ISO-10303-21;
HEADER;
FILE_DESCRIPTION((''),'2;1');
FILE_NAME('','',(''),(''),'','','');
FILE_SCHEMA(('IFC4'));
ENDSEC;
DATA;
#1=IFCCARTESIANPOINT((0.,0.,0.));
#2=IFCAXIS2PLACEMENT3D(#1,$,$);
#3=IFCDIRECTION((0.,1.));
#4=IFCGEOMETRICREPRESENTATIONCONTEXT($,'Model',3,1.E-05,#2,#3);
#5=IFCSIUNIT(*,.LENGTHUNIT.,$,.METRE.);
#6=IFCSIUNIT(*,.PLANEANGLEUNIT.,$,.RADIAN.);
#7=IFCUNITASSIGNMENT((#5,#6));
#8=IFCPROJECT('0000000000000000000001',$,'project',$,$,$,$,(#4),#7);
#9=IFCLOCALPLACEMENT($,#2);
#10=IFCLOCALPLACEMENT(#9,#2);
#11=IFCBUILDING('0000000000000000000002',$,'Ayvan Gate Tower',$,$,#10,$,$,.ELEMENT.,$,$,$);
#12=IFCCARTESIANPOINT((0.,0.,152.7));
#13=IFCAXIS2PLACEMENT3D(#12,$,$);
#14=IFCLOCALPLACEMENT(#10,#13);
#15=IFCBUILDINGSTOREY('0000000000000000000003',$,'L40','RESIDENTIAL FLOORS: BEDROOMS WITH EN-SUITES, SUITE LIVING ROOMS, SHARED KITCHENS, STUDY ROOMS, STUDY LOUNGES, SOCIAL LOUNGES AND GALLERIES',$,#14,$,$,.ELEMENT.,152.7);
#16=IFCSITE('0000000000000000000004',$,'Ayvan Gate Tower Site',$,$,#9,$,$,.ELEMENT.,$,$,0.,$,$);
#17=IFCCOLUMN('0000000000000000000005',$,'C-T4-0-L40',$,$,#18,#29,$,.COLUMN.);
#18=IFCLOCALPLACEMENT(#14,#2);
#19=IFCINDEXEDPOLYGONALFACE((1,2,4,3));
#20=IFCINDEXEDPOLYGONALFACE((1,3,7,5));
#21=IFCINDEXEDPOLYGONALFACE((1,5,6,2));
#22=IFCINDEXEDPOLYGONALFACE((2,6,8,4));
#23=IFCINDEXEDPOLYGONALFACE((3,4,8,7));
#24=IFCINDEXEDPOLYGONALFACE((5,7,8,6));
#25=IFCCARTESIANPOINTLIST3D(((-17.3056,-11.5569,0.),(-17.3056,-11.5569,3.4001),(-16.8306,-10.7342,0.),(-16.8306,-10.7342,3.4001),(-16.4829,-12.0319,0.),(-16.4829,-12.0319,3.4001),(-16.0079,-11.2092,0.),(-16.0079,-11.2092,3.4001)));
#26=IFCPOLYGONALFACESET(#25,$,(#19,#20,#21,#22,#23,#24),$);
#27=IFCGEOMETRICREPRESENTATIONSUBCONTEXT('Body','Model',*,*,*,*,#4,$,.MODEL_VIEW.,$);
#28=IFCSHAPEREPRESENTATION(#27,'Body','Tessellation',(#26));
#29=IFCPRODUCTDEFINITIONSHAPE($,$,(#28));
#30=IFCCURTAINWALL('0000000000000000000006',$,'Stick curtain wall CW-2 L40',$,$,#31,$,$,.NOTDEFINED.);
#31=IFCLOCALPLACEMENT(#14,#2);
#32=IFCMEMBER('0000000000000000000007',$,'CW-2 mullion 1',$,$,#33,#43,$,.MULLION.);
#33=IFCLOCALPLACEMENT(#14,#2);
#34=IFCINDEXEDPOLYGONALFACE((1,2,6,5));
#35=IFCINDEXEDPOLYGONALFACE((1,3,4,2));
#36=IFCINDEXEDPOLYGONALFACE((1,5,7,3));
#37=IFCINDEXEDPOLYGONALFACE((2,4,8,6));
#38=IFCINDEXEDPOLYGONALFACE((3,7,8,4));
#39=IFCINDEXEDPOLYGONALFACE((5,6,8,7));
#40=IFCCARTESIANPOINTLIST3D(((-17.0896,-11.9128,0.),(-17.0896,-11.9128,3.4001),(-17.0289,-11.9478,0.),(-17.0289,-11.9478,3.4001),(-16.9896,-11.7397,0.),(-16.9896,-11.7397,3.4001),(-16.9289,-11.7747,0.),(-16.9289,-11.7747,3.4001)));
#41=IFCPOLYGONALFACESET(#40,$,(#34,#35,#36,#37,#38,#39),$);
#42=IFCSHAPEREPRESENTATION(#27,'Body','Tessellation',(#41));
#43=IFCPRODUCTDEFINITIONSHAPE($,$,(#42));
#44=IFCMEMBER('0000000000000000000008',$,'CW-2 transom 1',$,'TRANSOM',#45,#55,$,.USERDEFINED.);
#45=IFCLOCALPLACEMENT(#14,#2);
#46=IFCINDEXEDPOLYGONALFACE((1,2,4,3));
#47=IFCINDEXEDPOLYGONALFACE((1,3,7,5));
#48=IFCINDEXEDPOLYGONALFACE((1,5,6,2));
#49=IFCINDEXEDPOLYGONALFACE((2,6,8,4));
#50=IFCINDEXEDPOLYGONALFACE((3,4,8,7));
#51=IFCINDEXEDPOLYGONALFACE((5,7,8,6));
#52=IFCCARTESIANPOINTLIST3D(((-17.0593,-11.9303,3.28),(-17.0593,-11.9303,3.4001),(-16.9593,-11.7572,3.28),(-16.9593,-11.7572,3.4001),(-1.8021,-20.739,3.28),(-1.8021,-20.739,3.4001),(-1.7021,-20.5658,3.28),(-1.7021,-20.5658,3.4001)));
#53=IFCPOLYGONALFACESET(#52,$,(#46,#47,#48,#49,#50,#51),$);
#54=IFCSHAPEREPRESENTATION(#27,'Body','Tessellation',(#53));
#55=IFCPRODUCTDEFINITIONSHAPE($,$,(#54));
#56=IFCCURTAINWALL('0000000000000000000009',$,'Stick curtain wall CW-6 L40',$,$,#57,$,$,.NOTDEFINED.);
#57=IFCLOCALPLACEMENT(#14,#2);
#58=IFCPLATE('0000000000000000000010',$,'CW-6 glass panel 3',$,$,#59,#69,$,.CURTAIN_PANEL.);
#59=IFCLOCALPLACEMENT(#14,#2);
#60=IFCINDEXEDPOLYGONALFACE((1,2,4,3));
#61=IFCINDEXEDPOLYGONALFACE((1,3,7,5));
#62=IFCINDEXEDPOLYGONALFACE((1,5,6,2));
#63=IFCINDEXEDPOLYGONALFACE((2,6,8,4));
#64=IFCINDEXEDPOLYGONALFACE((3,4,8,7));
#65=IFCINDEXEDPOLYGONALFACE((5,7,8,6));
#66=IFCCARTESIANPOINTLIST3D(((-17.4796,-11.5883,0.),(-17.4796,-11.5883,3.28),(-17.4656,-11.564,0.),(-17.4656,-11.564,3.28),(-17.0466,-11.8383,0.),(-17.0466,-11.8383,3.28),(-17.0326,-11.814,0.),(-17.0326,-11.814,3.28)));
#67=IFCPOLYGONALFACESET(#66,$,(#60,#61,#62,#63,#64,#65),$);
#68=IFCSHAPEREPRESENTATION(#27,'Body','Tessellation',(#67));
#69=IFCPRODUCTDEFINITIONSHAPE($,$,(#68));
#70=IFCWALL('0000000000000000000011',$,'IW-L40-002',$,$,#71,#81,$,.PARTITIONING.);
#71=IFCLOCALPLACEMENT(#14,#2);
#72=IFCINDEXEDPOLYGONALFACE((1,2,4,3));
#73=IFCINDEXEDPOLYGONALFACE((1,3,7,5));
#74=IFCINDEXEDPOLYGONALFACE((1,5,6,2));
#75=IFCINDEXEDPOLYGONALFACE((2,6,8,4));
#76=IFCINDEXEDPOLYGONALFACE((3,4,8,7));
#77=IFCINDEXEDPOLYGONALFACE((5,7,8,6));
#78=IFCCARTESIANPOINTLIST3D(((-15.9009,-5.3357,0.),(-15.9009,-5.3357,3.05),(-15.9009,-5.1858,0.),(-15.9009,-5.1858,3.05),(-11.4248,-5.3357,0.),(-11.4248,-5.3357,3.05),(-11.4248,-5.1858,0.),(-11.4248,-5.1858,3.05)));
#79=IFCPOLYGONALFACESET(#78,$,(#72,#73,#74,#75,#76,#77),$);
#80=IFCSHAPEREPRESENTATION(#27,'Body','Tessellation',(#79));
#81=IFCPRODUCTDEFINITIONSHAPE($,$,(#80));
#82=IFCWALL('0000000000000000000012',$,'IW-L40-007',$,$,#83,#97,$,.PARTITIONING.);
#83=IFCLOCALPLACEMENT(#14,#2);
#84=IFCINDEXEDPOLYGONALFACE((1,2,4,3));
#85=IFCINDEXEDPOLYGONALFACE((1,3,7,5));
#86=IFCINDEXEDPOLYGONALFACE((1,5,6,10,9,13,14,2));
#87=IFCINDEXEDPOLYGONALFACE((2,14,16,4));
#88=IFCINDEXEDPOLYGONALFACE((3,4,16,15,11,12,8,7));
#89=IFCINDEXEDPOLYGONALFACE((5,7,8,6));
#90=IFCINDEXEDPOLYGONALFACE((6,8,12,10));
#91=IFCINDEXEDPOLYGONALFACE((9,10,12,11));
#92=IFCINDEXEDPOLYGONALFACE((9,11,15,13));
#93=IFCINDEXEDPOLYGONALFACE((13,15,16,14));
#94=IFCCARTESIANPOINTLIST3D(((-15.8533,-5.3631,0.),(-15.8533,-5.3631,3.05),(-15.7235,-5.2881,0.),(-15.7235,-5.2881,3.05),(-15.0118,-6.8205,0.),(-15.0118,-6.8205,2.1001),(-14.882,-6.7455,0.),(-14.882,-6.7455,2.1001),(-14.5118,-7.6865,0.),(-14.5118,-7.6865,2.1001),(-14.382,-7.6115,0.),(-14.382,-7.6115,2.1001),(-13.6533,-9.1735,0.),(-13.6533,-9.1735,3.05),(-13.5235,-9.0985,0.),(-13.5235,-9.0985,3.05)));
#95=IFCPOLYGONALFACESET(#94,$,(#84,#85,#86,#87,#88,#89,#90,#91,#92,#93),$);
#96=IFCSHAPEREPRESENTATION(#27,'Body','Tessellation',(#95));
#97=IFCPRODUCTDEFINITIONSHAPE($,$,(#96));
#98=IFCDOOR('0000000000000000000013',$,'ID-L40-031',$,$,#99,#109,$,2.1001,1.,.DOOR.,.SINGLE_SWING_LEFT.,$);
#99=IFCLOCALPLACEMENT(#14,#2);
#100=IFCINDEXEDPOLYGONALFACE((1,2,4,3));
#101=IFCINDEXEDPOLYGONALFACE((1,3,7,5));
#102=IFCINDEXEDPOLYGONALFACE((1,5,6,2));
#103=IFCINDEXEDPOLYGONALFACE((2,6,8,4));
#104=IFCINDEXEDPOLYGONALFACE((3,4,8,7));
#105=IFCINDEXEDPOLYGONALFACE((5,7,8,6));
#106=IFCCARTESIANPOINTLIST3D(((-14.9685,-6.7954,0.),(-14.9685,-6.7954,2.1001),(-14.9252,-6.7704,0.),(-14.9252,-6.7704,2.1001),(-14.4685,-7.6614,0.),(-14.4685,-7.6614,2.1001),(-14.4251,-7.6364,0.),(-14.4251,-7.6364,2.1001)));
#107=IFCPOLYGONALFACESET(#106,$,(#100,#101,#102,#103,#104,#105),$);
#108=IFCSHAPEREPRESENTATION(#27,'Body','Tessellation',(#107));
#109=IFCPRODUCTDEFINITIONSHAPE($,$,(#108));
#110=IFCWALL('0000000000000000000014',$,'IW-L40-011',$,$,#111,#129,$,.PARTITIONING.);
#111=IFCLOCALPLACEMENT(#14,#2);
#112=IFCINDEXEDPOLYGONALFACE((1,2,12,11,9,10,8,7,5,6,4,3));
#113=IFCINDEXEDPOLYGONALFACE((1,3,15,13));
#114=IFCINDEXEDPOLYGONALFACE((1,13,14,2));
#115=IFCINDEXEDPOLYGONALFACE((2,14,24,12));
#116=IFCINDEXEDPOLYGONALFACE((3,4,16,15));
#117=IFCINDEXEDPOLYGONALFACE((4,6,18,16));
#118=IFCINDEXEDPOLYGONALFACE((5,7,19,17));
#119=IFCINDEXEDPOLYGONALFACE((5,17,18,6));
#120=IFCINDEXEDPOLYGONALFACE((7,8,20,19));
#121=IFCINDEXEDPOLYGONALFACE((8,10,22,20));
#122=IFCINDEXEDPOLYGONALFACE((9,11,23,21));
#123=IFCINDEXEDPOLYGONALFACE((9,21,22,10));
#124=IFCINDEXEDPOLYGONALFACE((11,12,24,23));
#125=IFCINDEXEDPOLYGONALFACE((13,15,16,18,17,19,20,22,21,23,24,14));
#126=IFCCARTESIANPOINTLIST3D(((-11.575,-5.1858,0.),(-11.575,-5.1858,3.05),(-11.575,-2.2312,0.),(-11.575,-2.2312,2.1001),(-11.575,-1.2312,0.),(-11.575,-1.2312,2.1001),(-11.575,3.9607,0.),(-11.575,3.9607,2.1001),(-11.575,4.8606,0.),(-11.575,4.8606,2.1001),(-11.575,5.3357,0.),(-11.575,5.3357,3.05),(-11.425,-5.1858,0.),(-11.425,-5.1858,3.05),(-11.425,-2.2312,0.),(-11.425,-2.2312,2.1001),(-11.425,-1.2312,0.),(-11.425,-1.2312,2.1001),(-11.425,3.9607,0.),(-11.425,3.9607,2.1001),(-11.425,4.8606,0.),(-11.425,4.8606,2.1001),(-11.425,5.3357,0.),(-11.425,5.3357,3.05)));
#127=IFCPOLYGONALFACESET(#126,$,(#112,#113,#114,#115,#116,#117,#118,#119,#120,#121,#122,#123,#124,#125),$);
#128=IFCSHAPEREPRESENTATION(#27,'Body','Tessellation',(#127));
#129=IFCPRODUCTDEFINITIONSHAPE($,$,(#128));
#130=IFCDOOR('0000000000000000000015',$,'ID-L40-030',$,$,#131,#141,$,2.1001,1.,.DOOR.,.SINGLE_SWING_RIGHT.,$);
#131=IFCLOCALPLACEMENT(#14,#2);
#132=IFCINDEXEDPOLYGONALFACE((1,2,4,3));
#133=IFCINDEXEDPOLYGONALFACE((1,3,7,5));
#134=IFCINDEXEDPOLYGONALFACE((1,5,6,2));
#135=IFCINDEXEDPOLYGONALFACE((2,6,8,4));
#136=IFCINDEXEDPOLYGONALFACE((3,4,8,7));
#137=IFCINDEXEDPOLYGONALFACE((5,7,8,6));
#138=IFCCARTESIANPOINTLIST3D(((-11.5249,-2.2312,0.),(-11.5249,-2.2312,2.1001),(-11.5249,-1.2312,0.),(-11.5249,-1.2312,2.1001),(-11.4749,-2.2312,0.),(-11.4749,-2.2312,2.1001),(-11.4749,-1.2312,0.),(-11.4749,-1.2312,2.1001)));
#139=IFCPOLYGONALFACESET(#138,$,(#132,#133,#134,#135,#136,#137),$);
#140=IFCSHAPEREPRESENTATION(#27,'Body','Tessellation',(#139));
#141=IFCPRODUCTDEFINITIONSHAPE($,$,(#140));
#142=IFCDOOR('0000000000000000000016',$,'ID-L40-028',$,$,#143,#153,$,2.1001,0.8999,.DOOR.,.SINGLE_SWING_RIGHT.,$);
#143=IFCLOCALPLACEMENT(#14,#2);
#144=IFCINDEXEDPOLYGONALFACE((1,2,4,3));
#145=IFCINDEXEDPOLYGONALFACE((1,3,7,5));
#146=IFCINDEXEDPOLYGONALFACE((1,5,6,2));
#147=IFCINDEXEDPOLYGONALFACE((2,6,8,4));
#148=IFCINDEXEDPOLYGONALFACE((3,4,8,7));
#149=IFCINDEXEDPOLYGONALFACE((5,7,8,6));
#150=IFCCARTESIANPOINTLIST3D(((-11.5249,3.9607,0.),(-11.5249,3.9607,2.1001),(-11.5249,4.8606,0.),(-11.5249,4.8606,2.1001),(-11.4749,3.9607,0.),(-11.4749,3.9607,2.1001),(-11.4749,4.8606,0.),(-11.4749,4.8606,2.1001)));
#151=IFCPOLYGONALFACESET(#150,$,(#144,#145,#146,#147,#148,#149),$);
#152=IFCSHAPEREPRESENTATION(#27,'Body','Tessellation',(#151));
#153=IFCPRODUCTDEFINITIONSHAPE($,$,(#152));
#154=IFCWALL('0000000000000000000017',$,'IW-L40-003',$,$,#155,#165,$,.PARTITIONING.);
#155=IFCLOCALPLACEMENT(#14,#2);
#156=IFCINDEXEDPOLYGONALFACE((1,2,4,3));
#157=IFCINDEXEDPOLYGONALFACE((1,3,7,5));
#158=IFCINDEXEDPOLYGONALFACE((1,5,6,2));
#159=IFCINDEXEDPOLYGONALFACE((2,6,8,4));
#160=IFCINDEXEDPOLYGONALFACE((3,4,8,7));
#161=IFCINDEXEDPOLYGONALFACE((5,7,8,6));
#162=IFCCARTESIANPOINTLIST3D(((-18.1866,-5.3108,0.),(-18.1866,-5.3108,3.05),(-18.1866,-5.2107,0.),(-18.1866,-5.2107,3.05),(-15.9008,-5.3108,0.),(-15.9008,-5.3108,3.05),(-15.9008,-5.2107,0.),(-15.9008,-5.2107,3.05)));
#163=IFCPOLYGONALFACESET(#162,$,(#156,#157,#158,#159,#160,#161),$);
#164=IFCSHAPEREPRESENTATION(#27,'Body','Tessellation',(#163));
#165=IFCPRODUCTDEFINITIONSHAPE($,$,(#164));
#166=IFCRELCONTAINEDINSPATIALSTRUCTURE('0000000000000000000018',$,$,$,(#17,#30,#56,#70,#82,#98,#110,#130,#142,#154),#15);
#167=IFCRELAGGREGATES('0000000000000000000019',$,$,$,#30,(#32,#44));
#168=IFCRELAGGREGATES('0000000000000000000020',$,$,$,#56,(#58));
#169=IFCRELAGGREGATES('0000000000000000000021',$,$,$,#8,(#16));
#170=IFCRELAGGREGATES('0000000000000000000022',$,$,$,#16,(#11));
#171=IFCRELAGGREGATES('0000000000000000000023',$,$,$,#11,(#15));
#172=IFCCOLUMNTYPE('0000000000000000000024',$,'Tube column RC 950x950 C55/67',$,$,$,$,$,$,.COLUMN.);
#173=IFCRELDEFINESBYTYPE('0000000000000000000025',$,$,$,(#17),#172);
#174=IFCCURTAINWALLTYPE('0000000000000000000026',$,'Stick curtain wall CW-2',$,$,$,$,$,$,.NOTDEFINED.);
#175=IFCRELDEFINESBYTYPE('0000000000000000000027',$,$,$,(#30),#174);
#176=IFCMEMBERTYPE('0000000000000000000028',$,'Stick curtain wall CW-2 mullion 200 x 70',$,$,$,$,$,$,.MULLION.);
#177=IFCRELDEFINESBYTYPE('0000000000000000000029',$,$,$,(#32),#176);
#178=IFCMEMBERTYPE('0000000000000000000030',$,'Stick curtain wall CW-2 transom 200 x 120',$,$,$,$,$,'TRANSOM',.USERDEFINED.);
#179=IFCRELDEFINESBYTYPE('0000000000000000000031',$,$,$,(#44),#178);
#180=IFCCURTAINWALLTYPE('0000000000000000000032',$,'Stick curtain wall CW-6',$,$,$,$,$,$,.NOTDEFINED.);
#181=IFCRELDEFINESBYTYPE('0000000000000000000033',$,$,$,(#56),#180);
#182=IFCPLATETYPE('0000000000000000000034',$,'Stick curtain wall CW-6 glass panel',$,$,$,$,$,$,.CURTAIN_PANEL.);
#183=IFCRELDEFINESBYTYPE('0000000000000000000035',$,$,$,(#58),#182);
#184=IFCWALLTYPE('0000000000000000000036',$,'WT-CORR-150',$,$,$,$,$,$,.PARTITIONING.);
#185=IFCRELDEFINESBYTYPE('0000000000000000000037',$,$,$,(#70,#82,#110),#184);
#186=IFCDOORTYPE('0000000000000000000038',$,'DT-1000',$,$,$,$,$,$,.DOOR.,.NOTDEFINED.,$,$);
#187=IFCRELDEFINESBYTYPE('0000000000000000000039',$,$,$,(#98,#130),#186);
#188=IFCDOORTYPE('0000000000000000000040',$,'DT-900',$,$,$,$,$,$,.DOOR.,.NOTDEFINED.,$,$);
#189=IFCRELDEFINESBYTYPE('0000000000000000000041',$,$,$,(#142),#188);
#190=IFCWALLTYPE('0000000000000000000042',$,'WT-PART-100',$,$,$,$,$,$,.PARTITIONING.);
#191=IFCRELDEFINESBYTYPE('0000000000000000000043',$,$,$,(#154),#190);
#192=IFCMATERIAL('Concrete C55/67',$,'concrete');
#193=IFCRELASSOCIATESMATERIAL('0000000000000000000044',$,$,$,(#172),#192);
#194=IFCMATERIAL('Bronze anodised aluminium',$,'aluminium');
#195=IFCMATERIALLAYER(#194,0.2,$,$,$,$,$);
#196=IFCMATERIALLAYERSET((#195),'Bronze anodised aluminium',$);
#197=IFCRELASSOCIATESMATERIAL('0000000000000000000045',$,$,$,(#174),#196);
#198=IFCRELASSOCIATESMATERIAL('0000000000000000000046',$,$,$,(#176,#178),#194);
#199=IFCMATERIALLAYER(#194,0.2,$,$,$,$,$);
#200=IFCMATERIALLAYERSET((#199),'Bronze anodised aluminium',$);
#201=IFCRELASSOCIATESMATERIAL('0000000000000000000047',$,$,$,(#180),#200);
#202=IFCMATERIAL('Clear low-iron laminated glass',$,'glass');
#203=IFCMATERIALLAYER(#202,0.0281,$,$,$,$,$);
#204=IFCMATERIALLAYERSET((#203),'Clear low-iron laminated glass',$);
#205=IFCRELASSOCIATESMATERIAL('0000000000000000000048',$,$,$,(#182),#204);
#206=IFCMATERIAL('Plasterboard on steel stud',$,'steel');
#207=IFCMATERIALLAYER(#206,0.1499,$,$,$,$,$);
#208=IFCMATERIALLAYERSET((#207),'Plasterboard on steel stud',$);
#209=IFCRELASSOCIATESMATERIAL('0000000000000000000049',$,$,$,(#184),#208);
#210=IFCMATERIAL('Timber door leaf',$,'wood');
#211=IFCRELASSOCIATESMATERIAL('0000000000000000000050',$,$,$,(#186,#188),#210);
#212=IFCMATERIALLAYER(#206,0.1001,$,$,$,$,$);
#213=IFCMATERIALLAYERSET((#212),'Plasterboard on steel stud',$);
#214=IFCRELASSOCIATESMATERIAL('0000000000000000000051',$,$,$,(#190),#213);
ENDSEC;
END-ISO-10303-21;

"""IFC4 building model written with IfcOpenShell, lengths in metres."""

from ifc_helpers import new_model, si_unit, direction, frame, frame_2d, origin, origin_2d, place, context, subcontext, project, spatial, rectangle, extrude, material, layer, layer_set, material_profile, profile_set, type_object, element, fill, aggregate, save


model = new_model("IFC4")

# Units and contexts
model_context = context("Model", 3, precision=1e-05, world=origin(), true_north=direction((0.0, 1.0)))
body_context = subcontext(model_context, "Body", "Model", "MODEL_VIEW")
ifc_project = project(units=[si_unit("LENGTHUNIT", "METRE"), si_unit("PLANEANGLEUNIT", "RADIAN")], contexts=[model_context])

# Site, building, storey
site_placement = place(None, origin())
site = spatial("IfcSite", under=ifc_project, at=site_placement, Name="Ayvan Gate Tower Site", CompositionType="ELEMENT", RefElevation=0.0)
building_placement = place(site_placement, origin())
building = spatial("IfcBuilding", under=site, at=building_placement, Name="Ayvan Gate Tower", CompositionType="ELEMENT")
storey_placement = place(building_placement, frame((0.0, 0.0, 152.7)))
storey = spatial("IfcBuildingStorey", under=building, at=storey_placement, Name="L40", Description="RESIDENTIAL FLOORS: BEDROOMS WITH EN-SUITES, SUITE LIVING ROOMS, SHARED KITCHENS, STUDY ROOMS, STUDY LOUNGES, SOCIAL LOUNGES AND GALLERIES", CompositionType="ELEMENT", Elevation=152.7)

# Column
ifc_material_1 = material(Name="Concrete C55/67", Category="concrete")
ifc_material_profile_1 = material_profile(ifc_material_1, rectangle(XDim=0.95, YDim=0.95, at=origin_2d()), Name="RC 950x950")
ifc_profile_set_1 = profile_set([ifc_material_profile_1], Name="Concrete C55/67")
column_type = type_object("IfcColumnType", Name="Tube column RC 950x950 C55/67", PredefinedType="COLUMN", material=ifc_profile_set_1)
column_placement = place(storey_placement, frame((-16.6567, -11.3831, 0.0), z_axis=(0.0, 0.0, 1.0), x_axis=(-0.5, -0.866025, 0.0)))
element("IfcColumn", 1, at=column_placement, inside=storey, type_object=column_type, Name="C-T4-0-L40", PredefinedType="COLUMN", context=body_context, shape_type="SweptSolid", body=[
    extrude(rectangle(XDim=0.95, YDim=0.95, at=origin_2d()), origin(), (0.0, 0.0, 1.0), 3.4001),
])

# Curtain wall, members
ifc_material_2 = material(Name="Bronze anodised aluminium", Category="aluminium")
ifc_layer_1 = layer(ifc_material_2, 0.2)
ifc_layer_set_1 = layer_set([ifc_layer_1], Name="Bronze anodised aluminium")
curtain_wall_type_1 = type_object("IfcCurtainWallType", Name="Stick curtain wall CW-2", PredefinedType="NOTDEFINED", material=ifc_layer_set_1)
curtain_wall_1_placement = place(storey_placement, origin())
curtain_wall_1 = element("IfcCurtainWall", 2, at=curtain_wall_1_placement, inside=storey, type_object=curtain_wall_type_1, Name="Stick curtain wall CW-2 L40", PredefinedType="NOTDEFINED")
ifc_material_profile_2 = material_profile(ifc_material_2, rectangle(XDim=0.2, YDim=0.0701, at=origin_2d()), Name="Stick curtain wall CW-2 mullion 200 x 70")
ifc_profile_set_2 = profile_set([ifc_material_profile_2], Name="Bronze anodised aluminium")
member_type_1 = type_object("IfcMemberType", Name="Stick curtain wall CW-2 mullion 200 x 70", PredefinedType="MULLION", material=ifc_profile_set_2)
member_1_placement = place(storey_placement, frame((-17.0093, -11.8438, 0.0), z_axis=(0.0, 0.0, 1.0), x_axis=(-0.5, -0.866025, 0.0)))
member_1 = element("IfcMember", 3, at=member_1_placement, type_object=member_type_1, Name="CW-2 mullion 1", PredefinedType="MULLION", context=body_context, shape_type="SweptSolid", body=[
    extrude(rectangle(XDim=0.2, YDim=0.0701, at=origin_2d()), origin(), (0.0, 0.0, 1.0), 3.4001),
])
ifc_material_profile_3 = material_profile(ifc_material_2, rectangle(XDim=0.2, YDim=0.1201, at=origin_2d()), Name="Stick curtain wall CW-2 transom 200 x 120")
ifc_profile_set_3 = profile_set([ifc_material_profile_3], Name="Bronze anodised aluminium")
member_type_2 = type_object("IfcMemberType", Name="Stick curtain wall CW-2 transom 200 x 120", ElementType="TRANSOM", PredefinedType="USERDEFINED", material=ifc_profile_set_3)
member_2_placement = place(storey_placement, frame((-17.0093, -11.8438, 3.3401), z_axis=(0.866028, -0.499996, 0.0), x_axis=(0.499996, 0.866028, 0.0)))
member_2 = element("IfcMember", 4, at=member_2_placement, type_object=member_type_2, Name="CW-2 transom 1", ObjectType="TRANSOM", PredefinedType="USERDEFINED", context=body_context, shape_type="SweptSolid", body=[
    extrude(rectangle(XDim=0.2, YDim=0.1201, at=origin_2d()), origin(), (0.0, 0.0, 1.0), 17.6174),
])
aggregate(curtain_wall_1, [member_1, member_2])

# Curtain wall, plate
ifc_layer_2 = layer(ifc_material_2, 0.2)
ifc_layer_set_2 = layer_set([ifc_layer_2], Name="Bronze anodised aluminium")
curtain_wall_type_2 = type_object("IfcCurtainWallType", Name="Stick curtain wall CW-6", PredefinedType="NOTDEFINED", material=ifc_layer_set_2)
curtain_wall_2_placement = place(storey_placement, origin())
curtain_wall_2 = element("IfcCurtainWall", 5, at=curtain_wall_2_placement, inside=storey, type_object=curtain_wall_type_2, Name="Stick curtain wall CW-6 L40", PredefinedType="NOTDEFINED")
ifc_material_3 = material(Name="Clear low-iron laminated glass", Category="glass")
ifc_layer_3 = layer(ifc_material_3, 0.0281)
ifc_layer_set_3 = layer_set([ifc_layer_3], Name="Clear low-iron laminated glass")
plate_type = type_object("IfcPlateType", Name="Stick curtain wall CW-6 glass panel", PredefinedType="CURTAIN_PANEL", material=ifc_layer_set_3)
plate_placement = place(storey_placement, frame((-17.2561, -11.7012, 0.0), z_axis=(0.0, 0.0, 1.0), x_axis=(0.866025, -0.5, 0.0)))
plate = element("IfcPlate", 6, at=plate_placement, type_object=plate_type, Name="CW-6 glass panel 3", PredefinedType="CURTAIN_PANEL", context=body_context, shape_type="SweptSolid", body=[
    extrude(rectangle(XDim=0.5, YDim=0.0281, at=origin_2d()), origin(), (0.0, 0.0, 1.0), 3.28),
])
aggregate(curtain_wall_2, [plate])

# Wall
ifc_material_4 = material(Name="Plasterboard on steel stud", Category="steel")
ifc_layer_4 = layer(ifc_material_4, 0.1499)
ifc_layer_set_4 = layer_set([ifc_layer_4], Name="Plasterboard on steel stud")
wall_type_1 = type_object("IfcWallType", Name="WT-CORR-150", PredefinedType="PARTITIONING", material=ifc_layer_set_4)
wall_1_placement = place(storey_placement, frame((-15.9009, -5.2607, 0.0), z_axis=(0.0, 0.0, 1.0), x_axis=(1.0, 0.0, 0.0)))
element("IfcWall", 7, at=wall_1_placement, inside=storey, type_object=wall_type_1, Name="IW-L40-002", PredefinedType="PARTITIONING", context=body_context, shape_type="SweptSolid", body=[
    extrude(rectangle(XDim=4.4761, YDim=0.1499, at=frame_2d((2.238, 0.0))), origin(), (0.0, 0.0, 1.0), 3.05),
])

# Wall, opening, door
wall_2_placement = place(storey_placement, frame((-13.5884, -9.136, 0.0), z_axis=(0.0, 0.0, 1.0), x_axis=(-0.500012, 0.866018, 0.0)))
wall_2 = element("IfcWall", 8, at=wall_2_placement, inside=storey, type_object=wall_type_1, Name="IW-L40-007", PredefinedType="PARTITIONING", context=body_context, shape_type="SweptSolid", body=[
    extrude(rectangle(XDim=4.3999, YDim=0.1499, at=frame_2d((2.2, 0.0))), origin(), (0.0, 0.0, 1.0), 3.05),
])
opening_1_placement = place(wall_2_placement, frame((1.717, 0.0, 0.0)))
opening_1 = element("IfcOpeningElement", 9, at=opening_1_placement, cuts=wall_2, PredefinedType="OPENING", context=body_context, shape_type="SweptSolid", body=[
    extrude(rectangle(XDim=1.0, YDim=2.1001, at=frame_2d((0.5, 1.05))), frame((0.0, 0.085, 0.0), z_axis=(0.0, -1.0, 0.0), x_axis=(1.0, 0.0, 0.0)), (0.0, 0.0, 1.0), 0.1699),
])
ifc_material_5 = material(Name="Timber door leaf", Category="wood")
door_type_1 = type_object("IfcDoorType", Name="DT-1000", OperationType="NOTDEFINED", PredefinedType="DOOR", material=ifc_material_5)
door_1_placement = place(opening_1_placement, origin())
door_1 = element("IfcDoor", 10, at=door_1_placement, inside=storey, type_object=door_type_1, Name="ID-L40-031", OperationType="SINGLE_SWING_LEFT", OverallHeight=2.1001, OverallWidth=1.0, PredefinedType="DOOR", context=body_context, shape_type="SweptSolid", body=[
    extrude(rectangle(XDim=1.0, YDim=2.1001, at=frame_2d((0.5, 1.05))), frame((0.0, 0.0249, 0.0), z_axis=(0.0, -1.0, 0.0), x_axis=(1.0, 0.0, 0.0)), (0.0, 0.0, 1.0), 0.05),
])
fill(opening_1, door_1)

# Wall, openings, doors
wall_3_placement = place(storey_placement, frame((-11.5, -5.1858, 0.0), z_axis=(0.0, 0.0, 1.0), x_axis=(0.0, 1.0, 0.0)))
wall_3 = element("IfcWall", 11, at=wall_3_placement, inside=storey, type_object=wall_type_1, Name="IW-L40-011", PredefinedType="PARTITIONING", context=body_context, shape_type="SweptSolid", body=[
    extrude(rectangle(XDim=10.5215, YDim=0.1499, at=frame_2d((5.2607, 0.0))), origin(), (0.0, 0.0, 1.0), 3.05),
])
opening_2_placement = place(wall_3_placement, frame((9.1465, 0.0, 0.0)))
opening_2 = element("IfcOpeningElement", 12, at=opening_2_placement, cuts=wall_3, PredefinedType="OPENING", context=body_context, shape_type="SweptSolid", body=[
    extrude(rectangle(XDim=0.8999, YDim=2.1001, at=frame_2d((0.45, 1.05))), frame((0.0, 0.085, 0.0), z_axis=(0.0, -1.0, 0.0), x_axis=(1.0, 0.0, 0.0)), (0.0, 0.0, 1.0), 0.1699),
])
opening_3_placement = place(wall_3_placement, frame((2.9546, 0.0, 0.0)))
opening_3 = element("IfcOpeningElement", 13, at=opening_3_placement, cuts=wall_3, PredefinedType="OPENING", context=body_context, shape_type="SweptSolid", body=[
    extrude(rectangle(XDim=1.0, YDim=2.1001, at=frame_2d((0.5, 1.05))), frame((0.0, 0.085, 0.0), z_axis=(0.0, -1.0, 0.0), x_axis=(1.0, 0.0, 0.0)), (0.0, 0.0, 1.0), 0.1699),
])
door_2_placement = place(opening_3_placement, origin())
door_2 = element("IfcDoor", 14, at=door_2_placement, inside=storey, type_object=door_type_1, Name="ID-L40-030", OperationType="SINGLE_SWING_RIGHT", OverallHeight=2.1001, OverallWidth=1.0, PredefinedType="DOOR", context=body_context, shape_type="SweptSolid", body=[
    extrude(rectangle(XDim=1.0, YDim=2.1001, at=frame_2d((0.5, 1.05))), frame((0.0, 0.0249, 0.0), z_axis=(0.0, -1.0, 0.0), x_axis=(1.0, 0.0, 0.0)), (0.0, 0.0, 1.0), 0.05),
])
fill(opening_3, door_2)
door_type_2 = type_object("IfcDoorType", Name="DT-900", OperationType="NOTDEFINED", PredefinedType="DOOR", material=ifc_material_5)
door_3_placement = place(opening_2_placement, origin())
door_3 = element("IfcDoor", 15, at=door_3_placement, inside=storey, type_object=door_type_2, Name="ID-L40-028", OperationType="SINGLE_SWING_RIGHT", OverallHeight=2.1001, OverallWidth=0.8999, PredefinedType="DOOR", context=body_context, shape_type="SweptSolid", body=[
    extrude(rectangle(XDim=0.8999, YDim=2.1001, at=frame_2d((0.45, 1.05))), frame((0.0, 0.0249, 0.0), z_axis=(0.0, -1.0, 0.0), x_axis=(1.0, 0.0, 0.0)), (0.0, 0.0, 1.0), 0.05),
])
fill(opening_2, door_3)

# Wall
ifc_layer_5 = layer(ifc_material_4, 0.1001)
ifc_layer_set_5 = layer_set([ifc_layer_5], Name="Plasterboard on steel stud")
wall_type_2 = type_object("IfcWallType", Name="WT-PART-100", PredefinedType="PARTITIONING", material=ifc_layer_set_5)
wall_4_placement = place(storey_placement, frame((-15.9006, -5.2607, 0.0), z_axis=(0.0, 0.0, 1.0), x_axis=(-1.0, 0.0, 0.0)))
element("IfcWall", 16, at=wall_4_placement, inside=storey, type_object=wall_type_2, Name="IW-L40-003", PredefinedType="PARTITIONING", context=body_context, shape_type="SweptSolid", body=[
    extrude(rectangle(XDim=2.2859, YDim=0.1001, at=frame_2d((1.1431, 0.0))), origin(), (0.0, 0.0, 1.0), 3.05),
])

save(model, "model.ifc")
